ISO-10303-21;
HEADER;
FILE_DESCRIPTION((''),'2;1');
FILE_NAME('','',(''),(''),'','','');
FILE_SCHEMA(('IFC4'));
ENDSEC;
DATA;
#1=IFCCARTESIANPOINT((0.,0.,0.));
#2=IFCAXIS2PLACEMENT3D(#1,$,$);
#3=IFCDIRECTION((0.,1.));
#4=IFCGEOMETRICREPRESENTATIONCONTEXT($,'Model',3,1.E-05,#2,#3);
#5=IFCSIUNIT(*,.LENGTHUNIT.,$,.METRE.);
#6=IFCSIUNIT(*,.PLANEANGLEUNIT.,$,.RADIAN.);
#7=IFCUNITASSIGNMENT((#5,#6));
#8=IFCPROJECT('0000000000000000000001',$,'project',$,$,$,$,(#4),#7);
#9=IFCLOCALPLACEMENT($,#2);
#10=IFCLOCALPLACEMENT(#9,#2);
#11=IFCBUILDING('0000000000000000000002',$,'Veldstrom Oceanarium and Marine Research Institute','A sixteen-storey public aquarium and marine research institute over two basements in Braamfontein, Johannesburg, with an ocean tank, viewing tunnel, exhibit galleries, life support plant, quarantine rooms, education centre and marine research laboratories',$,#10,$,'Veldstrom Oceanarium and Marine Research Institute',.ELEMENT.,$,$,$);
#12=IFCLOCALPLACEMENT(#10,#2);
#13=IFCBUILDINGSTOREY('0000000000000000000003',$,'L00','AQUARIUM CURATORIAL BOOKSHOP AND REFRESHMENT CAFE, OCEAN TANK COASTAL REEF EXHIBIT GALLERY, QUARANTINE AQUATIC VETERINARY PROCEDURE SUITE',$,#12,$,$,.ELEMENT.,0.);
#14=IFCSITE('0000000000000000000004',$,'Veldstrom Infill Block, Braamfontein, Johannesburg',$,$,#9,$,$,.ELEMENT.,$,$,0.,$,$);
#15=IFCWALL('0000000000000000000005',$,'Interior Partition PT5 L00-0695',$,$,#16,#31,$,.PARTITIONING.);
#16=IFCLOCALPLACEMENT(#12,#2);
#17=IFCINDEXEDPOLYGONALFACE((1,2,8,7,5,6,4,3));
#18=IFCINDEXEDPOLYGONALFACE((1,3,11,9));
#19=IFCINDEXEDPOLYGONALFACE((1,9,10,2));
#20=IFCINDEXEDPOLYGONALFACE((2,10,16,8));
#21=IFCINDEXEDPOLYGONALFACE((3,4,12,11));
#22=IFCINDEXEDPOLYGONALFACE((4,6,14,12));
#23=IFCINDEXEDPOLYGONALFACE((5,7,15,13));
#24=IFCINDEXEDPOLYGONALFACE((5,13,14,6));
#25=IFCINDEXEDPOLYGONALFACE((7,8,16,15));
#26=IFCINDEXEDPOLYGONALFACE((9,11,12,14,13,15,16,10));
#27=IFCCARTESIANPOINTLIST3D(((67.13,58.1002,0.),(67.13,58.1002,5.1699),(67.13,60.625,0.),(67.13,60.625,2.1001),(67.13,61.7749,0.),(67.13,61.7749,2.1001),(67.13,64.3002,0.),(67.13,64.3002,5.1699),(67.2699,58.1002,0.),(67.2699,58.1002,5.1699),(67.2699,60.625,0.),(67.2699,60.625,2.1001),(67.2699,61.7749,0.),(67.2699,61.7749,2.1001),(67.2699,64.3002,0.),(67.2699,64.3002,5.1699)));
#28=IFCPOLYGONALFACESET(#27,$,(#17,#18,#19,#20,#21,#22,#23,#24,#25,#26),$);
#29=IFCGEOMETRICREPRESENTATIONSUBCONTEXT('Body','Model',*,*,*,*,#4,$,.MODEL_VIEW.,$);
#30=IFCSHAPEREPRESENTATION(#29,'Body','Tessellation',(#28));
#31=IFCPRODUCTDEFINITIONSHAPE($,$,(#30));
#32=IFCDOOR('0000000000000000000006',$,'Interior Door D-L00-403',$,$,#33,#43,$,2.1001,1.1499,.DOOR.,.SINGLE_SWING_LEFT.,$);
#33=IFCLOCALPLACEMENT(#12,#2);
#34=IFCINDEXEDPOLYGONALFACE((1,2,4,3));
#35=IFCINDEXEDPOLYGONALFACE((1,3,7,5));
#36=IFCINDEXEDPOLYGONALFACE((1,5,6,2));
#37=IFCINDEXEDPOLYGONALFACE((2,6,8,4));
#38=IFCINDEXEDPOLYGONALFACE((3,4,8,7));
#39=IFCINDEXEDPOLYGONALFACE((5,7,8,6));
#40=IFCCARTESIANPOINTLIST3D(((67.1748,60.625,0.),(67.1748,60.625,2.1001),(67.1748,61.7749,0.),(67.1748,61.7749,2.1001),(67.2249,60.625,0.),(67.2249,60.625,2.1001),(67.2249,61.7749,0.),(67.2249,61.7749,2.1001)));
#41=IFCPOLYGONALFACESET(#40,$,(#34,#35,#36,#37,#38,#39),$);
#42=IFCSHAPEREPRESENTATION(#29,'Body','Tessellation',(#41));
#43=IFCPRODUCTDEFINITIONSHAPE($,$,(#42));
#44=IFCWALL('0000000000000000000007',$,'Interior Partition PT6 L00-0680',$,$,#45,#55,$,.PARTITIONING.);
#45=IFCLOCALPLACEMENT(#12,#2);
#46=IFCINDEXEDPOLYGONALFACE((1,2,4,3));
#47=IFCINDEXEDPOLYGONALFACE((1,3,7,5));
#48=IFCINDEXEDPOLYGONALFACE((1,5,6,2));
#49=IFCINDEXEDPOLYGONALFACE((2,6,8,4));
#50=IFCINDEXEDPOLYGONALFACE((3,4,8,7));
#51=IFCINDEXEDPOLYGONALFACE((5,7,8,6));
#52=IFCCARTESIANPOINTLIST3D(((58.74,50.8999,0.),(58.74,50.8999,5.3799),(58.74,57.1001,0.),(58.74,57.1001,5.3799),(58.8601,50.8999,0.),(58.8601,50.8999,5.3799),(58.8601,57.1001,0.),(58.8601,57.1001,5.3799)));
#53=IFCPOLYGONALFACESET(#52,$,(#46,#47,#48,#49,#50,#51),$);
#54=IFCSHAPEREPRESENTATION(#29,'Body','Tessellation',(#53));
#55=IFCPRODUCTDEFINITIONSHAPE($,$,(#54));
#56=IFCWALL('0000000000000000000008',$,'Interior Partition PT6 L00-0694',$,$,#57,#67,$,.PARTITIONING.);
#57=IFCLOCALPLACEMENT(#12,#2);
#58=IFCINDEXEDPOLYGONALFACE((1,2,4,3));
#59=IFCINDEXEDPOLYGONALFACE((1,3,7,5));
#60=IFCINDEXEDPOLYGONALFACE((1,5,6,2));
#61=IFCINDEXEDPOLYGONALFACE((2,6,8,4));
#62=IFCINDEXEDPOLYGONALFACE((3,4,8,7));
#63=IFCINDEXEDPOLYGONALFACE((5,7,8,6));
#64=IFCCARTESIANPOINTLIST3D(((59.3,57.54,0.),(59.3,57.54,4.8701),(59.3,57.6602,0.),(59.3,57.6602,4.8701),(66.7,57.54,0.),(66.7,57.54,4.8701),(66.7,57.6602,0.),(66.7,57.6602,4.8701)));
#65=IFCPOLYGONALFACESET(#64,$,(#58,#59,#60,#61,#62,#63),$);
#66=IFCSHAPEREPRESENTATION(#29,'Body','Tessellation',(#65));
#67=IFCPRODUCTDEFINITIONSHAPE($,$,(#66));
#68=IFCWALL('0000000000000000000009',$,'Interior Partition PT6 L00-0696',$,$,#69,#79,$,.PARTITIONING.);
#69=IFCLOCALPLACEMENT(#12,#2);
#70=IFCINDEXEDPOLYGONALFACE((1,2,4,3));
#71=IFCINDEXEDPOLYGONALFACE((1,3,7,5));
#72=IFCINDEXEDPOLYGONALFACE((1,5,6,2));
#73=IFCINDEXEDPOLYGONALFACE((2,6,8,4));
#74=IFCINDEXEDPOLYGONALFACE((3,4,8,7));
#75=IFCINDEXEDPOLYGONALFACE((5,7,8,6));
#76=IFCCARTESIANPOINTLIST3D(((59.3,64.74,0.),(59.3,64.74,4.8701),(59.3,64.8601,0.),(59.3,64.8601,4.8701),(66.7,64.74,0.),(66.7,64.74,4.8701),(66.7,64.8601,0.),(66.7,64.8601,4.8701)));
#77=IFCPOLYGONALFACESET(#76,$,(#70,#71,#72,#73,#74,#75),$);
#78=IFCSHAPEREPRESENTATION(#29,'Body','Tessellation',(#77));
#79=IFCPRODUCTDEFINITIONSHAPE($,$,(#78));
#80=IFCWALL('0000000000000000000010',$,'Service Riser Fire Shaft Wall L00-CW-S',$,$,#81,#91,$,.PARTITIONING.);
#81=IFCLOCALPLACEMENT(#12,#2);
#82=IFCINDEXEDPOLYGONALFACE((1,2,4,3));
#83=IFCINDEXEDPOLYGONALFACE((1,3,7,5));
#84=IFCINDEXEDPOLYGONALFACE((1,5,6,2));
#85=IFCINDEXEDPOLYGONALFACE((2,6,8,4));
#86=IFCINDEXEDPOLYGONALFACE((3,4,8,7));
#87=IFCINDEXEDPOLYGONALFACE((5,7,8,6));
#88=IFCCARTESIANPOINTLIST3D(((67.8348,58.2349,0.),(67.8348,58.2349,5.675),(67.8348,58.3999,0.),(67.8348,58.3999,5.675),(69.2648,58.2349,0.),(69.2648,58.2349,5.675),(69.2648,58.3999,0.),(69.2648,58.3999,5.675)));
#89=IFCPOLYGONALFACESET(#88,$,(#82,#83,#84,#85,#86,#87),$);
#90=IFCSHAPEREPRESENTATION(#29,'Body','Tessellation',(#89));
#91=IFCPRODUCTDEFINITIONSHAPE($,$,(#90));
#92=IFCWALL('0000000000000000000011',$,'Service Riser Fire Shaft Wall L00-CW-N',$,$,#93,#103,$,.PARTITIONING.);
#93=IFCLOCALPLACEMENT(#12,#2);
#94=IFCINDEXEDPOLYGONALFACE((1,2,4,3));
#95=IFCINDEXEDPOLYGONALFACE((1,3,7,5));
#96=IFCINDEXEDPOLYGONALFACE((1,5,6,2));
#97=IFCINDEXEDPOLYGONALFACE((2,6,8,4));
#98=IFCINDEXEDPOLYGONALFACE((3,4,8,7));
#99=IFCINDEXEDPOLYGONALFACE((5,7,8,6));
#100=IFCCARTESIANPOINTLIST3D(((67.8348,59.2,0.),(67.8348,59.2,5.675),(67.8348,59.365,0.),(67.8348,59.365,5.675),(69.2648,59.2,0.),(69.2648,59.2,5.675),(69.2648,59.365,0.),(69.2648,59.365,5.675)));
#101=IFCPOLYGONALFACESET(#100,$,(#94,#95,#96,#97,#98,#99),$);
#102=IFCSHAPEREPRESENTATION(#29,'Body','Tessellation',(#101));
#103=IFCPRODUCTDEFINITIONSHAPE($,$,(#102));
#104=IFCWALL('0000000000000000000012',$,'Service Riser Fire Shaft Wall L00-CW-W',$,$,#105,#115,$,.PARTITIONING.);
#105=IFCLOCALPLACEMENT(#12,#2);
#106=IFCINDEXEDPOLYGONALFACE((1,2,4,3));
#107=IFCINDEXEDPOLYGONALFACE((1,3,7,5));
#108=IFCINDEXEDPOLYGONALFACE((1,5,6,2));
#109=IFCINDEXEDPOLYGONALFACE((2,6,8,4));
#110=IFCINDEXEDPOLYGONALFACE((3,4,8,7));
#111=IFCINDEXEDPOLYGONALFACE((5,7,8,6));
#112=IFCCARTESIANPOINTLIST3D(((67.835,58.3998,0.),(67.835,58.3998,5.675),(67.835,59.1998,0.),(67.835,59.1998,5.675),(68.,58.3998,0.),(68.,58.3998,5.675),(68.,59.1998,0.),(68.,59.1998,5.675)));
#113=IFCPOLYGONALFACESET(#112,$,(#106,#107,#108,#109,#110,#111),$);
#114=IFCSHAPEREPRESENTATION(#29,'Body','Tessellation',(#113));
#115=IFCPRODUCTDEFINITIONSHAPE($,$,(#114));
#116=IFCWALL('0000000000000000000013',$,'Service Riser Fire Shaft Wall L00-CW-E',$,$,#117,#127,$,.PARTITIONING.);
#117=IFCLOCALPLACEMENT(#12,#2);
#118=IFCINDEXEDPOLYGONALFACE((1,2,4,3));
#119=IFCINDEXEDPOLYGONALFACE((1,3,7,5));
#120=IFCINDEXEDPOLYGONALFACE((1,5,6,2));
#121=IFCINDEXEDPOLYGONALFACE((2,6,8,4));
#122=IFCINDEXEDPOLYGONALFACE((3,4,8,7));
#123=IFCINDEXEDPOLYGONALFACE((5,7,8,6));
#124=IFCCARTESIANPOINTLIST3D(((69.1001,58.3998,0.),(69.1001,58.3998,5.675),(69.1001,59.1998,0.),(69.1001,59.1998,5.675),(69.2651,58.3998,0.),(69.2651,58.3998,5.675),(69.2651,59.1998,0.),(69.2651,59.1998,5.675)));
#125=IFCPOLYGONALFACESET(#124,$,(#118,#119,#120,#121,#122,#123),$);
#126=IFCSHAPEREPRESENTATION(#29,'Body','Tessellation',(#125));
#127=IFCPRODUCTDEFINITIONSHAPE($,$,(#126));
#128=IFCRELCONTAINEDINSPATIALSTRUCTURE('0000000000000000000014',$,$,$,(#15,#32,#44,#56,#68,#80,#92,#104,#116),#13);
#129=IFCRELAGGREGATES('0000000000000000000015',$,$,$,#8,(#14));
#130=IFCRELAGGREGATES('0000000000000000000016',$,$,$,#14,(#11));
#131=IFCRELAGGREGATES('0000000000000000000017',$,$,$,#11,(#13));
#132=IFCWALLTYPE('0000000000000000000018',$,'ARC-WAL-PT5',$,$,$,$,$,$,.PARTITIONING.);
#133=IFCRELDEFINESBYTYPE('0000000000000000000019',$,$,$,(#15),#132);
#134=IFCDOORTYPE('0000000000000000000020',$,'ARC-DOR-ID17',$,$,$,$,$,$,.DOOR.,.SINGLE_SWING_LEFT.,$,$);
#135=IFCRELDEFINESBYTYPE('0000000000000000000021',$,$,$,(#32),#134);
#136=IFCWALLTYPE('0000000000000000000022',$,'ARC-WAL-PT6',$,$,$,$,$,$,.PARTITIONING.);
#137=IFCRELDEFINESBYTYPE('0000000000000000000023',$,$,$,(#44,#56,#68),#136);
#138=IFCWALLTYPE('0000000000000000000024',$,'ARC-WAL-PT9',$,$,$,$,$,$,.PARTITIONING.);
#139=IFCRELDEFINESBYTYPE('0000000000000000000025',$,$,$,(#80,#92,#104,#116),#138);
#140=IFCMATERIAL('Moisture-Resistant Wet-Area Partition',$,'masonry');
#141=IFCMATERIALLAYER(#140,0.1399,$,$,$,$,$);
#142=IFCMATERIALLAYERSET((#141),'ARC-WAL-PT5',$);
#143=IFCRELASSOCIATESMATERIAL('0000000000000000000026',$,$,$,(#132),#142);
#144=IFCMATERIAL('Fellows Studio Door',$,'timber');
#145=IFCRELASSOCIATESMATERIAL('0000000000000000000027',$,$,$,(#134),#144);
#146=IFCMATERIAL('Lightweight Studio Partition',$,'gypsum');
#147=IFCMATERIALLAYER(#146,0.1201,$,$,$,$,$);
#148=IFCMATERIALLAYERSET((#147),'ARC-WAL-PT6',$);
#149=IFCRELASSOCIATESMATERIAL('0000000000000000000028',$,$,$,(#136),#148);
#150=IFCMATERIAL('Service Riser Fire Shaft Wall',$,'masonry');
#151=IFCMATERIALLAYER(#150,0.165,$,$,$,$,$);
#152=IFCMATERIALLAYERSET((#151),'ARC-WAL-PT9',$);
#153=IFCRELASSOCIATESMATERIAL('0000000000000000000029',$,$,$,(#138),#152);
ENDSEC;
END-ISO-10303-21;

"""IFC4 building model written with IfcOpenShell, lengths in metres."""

from ifc_helpers import new_model, si_unit, direction, frame, frame_2d, origin, place, context, subcontext, project, spatial, rectangle, extrude, material, layer, layer_set, type_object, element, fill, save


model = new_model("IFC4")

# Units and contexts
model_context = context("Model", 3, precision=1e-05, world=origin(), true_north=direction((0.0, 1.0)))
body_context = subcontext(model_context, "Body", "Model", "MODEL_VIEW")
ifc_project = project(units=[si_unit("LENGTHUNIT", "METRE"), si_unit("PLANEANGLEUNIT", "RADIAN")], contexts=[model_context])

# Site, building, storey
site_placement = place(None, origin())
site = spatial("IfcSite", under=ifc_project, at=site_placement, Name="Veldstrom Infill Block, Braamfontein, Johannesburg", CompositionType="ELEMENT", RefElevation=0.0)
building_placement = place(site_placement, origin())
building = spatial("IfcBuilding", under=site, at=building_placement, Name="Veldstrom Oceanarium and Marine Research Institute", Description="A sixteen-storey public aquarium and marine research institute over two basements in Braamfontein, Johannesburg, with an ocean tank, viewing tunnel, exhibit galleries, life support plant, quarantine rooms, education centre and marine research laboratories", LongName="Veldstrom Oceanarium and Marine Research Institute", CompositionType="ELEMENT")
storey_placement = place(building_placement, origin())
storey = spatial("IfcBuildingStorey", under=building, at=storey_placement, Name="L00", Description="AQUARIUM CURATORIAL BOOKSHOP AND REFRESHMENT CAFE, OCEAN TANK COASTAL REEF EXHIBIT GALLERY, QUARANTINE AQUATIC VETERINARY PROCEDURE SUITE", CompositionType="ELEMENT", Elevation=0.0)

# Wall, opening, door
ifc_material_1 = material(Name="Moisture-Resistant Wet-Area Partition", Category="masonry")
ifc_layer_1 = layer(ifc_material_1, 0.1399)
ifc_layer_set_1 = layer_set([ifc_layer_1], Name="ARC-WAL-PT5")
wall_type_1 = type_object("IfcWallType", Name="ARC-WAL-PT5", PredefinedType="PARTITIONING", material=ifc_layer_set_1)
wall_1_placement = place(storey_placement, frame((67.2, 58.1001, 0.0), z_axis=(0.0, 0.0, 1.0), x_axis=(0.0, 1.0, 0.0)))
wall_1 = element("IfcWall", 1, at=wall_1_placement, inside=storey, type_object=wall_type_1, Name="Interior Partition PT5 L00-0695", PredefinedType="PARTITIONING", context=body_context, shape_type="SweptSolid", body=[
    extrude(rectangle(XDim=6.2, YDim=0.1399, at=frame_2d((3.1001, 0.0))), origin(), (0.0, 0.0, 1.0), 5.1699),
])
opening_1_placement = place(wall_1_placement, frame((2.5249, 0.0, 0.0)))
opening_1 = element("IfcOpeningElement", 2, at=opening_1_placement, cuts=wall_1, PredefinedType="OPENING", context=body_context, shape_type="SweptSolid", body=[
    extrude(rectangle(XDim=1.1499, YDim=2.1001, at=frame_2d((0.575, 1.05))), frame((0.0, 0.0798, 0.0), z_axis=(0.0, -1.0, 0.0), x_axis=(1.0, 0.0, 0.0)), (0.0, 0.0, 1.0), 0.1599),
])
ifc_material_2 = material(Name="Fellows Studio Door", Category="timber")
door_type_1 = type_object("IfcDoorType", Name="ARC-DOR-ID17", OperationType="SINGLE_SWING_LEFT", PredefinedType="DOOR", material=ifc_material_2)
door_1_placement = place(opening_1_placement, frame((1.1499, 0.0, 0.0), z_axis=(0.0, 0.0, 1.0), x_axis=(-1.0, 0.0, 0.0)))
door_1 = element("IfcDoor", 3, at=door_1_placement, inside=storey, type_object=door_type_1, Name="Interior Door D-L00-403", OperationType="SINGLE_SWING_LEFT", OverallHeight=2.1001, OverallWidth=1.1499, PredefinedType="DOOR", context=body_context, shape_type="SweptSolid", body=[
    extrude(rectangle(XDim=1.1499, YDim=2.1001, at=frame_2d((0.575, 1.05))), frame((0.0, 0.0249, 0.0), z_axis=(0.0, -1.0, 0.0), x_axis=(1.0, 0.0, 0.0)), (0.0, 0.0, 1.0), 0.05),
])
fill(opening_1, door_1)

# Walls
ifc_material_3 = material(Name="Lightweight Studio Partition", Category="gypsum")
ifc_layer_2 = layer(ifc_material_3, 0.1201)
ifc_layer_set_2 = layer_set([ifc_layer_2], Name="ARC-WAL-PT6")
wall_type_2 = type_object("IfcWallType", Name="ARC-WAL-PT6", PredefinedType="PARTITIONING", material=ifc_layer_set_2)
wall_2_placement = place(storey_placement, frame((58.8, 50.8999, 0.0), z_axis=(0.0, 0.0, 1.0), x_axis=(0.0, 1.0, 0.0)))
element("IfcWall", 4, at=wall_2_placement, inside=storey, type_object=wall_type_2, Name="Interior Partition PT6 L00-0680", PredefinedType="PARTITIONING", context=body_context, shape_type="SweptSolid", body=[
    extrude(rectangle(XDim=6.2002, YDim=0.1201, at=frame_2d((3.1001, 0.0))), origin(), (0.0, 0.0, 1.0), 5.3799),
])
for number, where, z_axis, x_axis, name in (
    (5, (59.3, 57.6001, 0.0), (0.0, 0.0, 1.0), (1.0, 0.0, 0.0), "Interior Partition PT6 L00-0694"),
    (6, (59.3, 64.8, 0.0), (0.0, 0.0, 1.0), (1.0, 0.0, 0.0), "Interior Partition PT6 L00-0696"),
):
    element("IfcWall", number, at=place(storey_placement, frame(where, z_axis=z_axis, x_axis=x_axis)), inside=storey, type_object=wall_type_2, Name=name, PredefinedType="PARTITIONING", context=body_context, shape_type="SweptSolid", body=[
        extrude(rectangle(XDim=7.3999, YDim=0.1201, at=frame_2d((3.7, 0.0))), origin(), (0.0, 0.0, 1.0), 4.8701),
    ])
ifc_material_4 = material(Name="Service Riser Fire Shaft Wall", Category="masonry")
ifc_layer_3 = layer(ifc_material_4, 0.165)
ifc_layer_set_3 = layer_set([ifc_layer_3], Name="ARC-WAL-PT9")
wall_type_3 = type_object("IfcWallType", Name="ARC-WAL-PT9", PredefinedType="PARTITIONING", material=ifc_layer_set_3)
for number, where, z_axis, x_axis, name in (
    (7, (67.835, 58.3174, 0.0), (0.0, 0.0, 1.0), (1.0, 0.0, 0.0), "Service Riser Fire Shaft Wall L00-CW-S"),
    (8, (67.835, 59.2825, 0.0), (0.0, 0.0, 1.0), (1.0, 0.0, 0.0), "Service Riser Fire Shaft Wall L00-CW-N"),
):
    element("IfcWall", number, at=place(storey_placement, frame(where, z_axis=z_axis, x_axis=x_axis)), inside=storey, type_object=wall_type_3, Name=name, PredefinedType="PARTITIONING", context=body_context, shape_type="SweptSolid", body=[
        extrude(rectangle(XDim=1.4299, YDim=0.165, at=frame_2d((0.7148, 0.0))), origin(), (0.0, 0.0, 1.0), 5.675),
    ])
for number, where, z_axis, x_axis, name in (
    (9, (67.9175, 58.3999, 0.0), (0.0, 0.0, 1.0), (0.0, 1.0, 0.0), "Service Riser Fire Shaft Wall L00-CW-W"),
    (10, (69.1826, 58.3999, 0.0), (0.0, 0.0, 1.0), (0.0, 1.0, 0.0), "Service Riser Fire Shaft Wall L00-CW-E"),
):
    element("IfcWall", number, at=place(storey_placement, frame(where, z_axis=z_axis, x_axis=x_axis)), inside=storey, type_object=wall_type_3, Name=name, PredefinedType="PARTITIONING", context=body_context, shape_type="SweptSolid", body=[
        extrude(rectangle(XDim=0.8, YDim=0.165, at=frame_2d((0.3999, 0.0))), origin(), (0.0, 0.0, 1.0), 5.675),
    ])

save(model, "model.ifc")
